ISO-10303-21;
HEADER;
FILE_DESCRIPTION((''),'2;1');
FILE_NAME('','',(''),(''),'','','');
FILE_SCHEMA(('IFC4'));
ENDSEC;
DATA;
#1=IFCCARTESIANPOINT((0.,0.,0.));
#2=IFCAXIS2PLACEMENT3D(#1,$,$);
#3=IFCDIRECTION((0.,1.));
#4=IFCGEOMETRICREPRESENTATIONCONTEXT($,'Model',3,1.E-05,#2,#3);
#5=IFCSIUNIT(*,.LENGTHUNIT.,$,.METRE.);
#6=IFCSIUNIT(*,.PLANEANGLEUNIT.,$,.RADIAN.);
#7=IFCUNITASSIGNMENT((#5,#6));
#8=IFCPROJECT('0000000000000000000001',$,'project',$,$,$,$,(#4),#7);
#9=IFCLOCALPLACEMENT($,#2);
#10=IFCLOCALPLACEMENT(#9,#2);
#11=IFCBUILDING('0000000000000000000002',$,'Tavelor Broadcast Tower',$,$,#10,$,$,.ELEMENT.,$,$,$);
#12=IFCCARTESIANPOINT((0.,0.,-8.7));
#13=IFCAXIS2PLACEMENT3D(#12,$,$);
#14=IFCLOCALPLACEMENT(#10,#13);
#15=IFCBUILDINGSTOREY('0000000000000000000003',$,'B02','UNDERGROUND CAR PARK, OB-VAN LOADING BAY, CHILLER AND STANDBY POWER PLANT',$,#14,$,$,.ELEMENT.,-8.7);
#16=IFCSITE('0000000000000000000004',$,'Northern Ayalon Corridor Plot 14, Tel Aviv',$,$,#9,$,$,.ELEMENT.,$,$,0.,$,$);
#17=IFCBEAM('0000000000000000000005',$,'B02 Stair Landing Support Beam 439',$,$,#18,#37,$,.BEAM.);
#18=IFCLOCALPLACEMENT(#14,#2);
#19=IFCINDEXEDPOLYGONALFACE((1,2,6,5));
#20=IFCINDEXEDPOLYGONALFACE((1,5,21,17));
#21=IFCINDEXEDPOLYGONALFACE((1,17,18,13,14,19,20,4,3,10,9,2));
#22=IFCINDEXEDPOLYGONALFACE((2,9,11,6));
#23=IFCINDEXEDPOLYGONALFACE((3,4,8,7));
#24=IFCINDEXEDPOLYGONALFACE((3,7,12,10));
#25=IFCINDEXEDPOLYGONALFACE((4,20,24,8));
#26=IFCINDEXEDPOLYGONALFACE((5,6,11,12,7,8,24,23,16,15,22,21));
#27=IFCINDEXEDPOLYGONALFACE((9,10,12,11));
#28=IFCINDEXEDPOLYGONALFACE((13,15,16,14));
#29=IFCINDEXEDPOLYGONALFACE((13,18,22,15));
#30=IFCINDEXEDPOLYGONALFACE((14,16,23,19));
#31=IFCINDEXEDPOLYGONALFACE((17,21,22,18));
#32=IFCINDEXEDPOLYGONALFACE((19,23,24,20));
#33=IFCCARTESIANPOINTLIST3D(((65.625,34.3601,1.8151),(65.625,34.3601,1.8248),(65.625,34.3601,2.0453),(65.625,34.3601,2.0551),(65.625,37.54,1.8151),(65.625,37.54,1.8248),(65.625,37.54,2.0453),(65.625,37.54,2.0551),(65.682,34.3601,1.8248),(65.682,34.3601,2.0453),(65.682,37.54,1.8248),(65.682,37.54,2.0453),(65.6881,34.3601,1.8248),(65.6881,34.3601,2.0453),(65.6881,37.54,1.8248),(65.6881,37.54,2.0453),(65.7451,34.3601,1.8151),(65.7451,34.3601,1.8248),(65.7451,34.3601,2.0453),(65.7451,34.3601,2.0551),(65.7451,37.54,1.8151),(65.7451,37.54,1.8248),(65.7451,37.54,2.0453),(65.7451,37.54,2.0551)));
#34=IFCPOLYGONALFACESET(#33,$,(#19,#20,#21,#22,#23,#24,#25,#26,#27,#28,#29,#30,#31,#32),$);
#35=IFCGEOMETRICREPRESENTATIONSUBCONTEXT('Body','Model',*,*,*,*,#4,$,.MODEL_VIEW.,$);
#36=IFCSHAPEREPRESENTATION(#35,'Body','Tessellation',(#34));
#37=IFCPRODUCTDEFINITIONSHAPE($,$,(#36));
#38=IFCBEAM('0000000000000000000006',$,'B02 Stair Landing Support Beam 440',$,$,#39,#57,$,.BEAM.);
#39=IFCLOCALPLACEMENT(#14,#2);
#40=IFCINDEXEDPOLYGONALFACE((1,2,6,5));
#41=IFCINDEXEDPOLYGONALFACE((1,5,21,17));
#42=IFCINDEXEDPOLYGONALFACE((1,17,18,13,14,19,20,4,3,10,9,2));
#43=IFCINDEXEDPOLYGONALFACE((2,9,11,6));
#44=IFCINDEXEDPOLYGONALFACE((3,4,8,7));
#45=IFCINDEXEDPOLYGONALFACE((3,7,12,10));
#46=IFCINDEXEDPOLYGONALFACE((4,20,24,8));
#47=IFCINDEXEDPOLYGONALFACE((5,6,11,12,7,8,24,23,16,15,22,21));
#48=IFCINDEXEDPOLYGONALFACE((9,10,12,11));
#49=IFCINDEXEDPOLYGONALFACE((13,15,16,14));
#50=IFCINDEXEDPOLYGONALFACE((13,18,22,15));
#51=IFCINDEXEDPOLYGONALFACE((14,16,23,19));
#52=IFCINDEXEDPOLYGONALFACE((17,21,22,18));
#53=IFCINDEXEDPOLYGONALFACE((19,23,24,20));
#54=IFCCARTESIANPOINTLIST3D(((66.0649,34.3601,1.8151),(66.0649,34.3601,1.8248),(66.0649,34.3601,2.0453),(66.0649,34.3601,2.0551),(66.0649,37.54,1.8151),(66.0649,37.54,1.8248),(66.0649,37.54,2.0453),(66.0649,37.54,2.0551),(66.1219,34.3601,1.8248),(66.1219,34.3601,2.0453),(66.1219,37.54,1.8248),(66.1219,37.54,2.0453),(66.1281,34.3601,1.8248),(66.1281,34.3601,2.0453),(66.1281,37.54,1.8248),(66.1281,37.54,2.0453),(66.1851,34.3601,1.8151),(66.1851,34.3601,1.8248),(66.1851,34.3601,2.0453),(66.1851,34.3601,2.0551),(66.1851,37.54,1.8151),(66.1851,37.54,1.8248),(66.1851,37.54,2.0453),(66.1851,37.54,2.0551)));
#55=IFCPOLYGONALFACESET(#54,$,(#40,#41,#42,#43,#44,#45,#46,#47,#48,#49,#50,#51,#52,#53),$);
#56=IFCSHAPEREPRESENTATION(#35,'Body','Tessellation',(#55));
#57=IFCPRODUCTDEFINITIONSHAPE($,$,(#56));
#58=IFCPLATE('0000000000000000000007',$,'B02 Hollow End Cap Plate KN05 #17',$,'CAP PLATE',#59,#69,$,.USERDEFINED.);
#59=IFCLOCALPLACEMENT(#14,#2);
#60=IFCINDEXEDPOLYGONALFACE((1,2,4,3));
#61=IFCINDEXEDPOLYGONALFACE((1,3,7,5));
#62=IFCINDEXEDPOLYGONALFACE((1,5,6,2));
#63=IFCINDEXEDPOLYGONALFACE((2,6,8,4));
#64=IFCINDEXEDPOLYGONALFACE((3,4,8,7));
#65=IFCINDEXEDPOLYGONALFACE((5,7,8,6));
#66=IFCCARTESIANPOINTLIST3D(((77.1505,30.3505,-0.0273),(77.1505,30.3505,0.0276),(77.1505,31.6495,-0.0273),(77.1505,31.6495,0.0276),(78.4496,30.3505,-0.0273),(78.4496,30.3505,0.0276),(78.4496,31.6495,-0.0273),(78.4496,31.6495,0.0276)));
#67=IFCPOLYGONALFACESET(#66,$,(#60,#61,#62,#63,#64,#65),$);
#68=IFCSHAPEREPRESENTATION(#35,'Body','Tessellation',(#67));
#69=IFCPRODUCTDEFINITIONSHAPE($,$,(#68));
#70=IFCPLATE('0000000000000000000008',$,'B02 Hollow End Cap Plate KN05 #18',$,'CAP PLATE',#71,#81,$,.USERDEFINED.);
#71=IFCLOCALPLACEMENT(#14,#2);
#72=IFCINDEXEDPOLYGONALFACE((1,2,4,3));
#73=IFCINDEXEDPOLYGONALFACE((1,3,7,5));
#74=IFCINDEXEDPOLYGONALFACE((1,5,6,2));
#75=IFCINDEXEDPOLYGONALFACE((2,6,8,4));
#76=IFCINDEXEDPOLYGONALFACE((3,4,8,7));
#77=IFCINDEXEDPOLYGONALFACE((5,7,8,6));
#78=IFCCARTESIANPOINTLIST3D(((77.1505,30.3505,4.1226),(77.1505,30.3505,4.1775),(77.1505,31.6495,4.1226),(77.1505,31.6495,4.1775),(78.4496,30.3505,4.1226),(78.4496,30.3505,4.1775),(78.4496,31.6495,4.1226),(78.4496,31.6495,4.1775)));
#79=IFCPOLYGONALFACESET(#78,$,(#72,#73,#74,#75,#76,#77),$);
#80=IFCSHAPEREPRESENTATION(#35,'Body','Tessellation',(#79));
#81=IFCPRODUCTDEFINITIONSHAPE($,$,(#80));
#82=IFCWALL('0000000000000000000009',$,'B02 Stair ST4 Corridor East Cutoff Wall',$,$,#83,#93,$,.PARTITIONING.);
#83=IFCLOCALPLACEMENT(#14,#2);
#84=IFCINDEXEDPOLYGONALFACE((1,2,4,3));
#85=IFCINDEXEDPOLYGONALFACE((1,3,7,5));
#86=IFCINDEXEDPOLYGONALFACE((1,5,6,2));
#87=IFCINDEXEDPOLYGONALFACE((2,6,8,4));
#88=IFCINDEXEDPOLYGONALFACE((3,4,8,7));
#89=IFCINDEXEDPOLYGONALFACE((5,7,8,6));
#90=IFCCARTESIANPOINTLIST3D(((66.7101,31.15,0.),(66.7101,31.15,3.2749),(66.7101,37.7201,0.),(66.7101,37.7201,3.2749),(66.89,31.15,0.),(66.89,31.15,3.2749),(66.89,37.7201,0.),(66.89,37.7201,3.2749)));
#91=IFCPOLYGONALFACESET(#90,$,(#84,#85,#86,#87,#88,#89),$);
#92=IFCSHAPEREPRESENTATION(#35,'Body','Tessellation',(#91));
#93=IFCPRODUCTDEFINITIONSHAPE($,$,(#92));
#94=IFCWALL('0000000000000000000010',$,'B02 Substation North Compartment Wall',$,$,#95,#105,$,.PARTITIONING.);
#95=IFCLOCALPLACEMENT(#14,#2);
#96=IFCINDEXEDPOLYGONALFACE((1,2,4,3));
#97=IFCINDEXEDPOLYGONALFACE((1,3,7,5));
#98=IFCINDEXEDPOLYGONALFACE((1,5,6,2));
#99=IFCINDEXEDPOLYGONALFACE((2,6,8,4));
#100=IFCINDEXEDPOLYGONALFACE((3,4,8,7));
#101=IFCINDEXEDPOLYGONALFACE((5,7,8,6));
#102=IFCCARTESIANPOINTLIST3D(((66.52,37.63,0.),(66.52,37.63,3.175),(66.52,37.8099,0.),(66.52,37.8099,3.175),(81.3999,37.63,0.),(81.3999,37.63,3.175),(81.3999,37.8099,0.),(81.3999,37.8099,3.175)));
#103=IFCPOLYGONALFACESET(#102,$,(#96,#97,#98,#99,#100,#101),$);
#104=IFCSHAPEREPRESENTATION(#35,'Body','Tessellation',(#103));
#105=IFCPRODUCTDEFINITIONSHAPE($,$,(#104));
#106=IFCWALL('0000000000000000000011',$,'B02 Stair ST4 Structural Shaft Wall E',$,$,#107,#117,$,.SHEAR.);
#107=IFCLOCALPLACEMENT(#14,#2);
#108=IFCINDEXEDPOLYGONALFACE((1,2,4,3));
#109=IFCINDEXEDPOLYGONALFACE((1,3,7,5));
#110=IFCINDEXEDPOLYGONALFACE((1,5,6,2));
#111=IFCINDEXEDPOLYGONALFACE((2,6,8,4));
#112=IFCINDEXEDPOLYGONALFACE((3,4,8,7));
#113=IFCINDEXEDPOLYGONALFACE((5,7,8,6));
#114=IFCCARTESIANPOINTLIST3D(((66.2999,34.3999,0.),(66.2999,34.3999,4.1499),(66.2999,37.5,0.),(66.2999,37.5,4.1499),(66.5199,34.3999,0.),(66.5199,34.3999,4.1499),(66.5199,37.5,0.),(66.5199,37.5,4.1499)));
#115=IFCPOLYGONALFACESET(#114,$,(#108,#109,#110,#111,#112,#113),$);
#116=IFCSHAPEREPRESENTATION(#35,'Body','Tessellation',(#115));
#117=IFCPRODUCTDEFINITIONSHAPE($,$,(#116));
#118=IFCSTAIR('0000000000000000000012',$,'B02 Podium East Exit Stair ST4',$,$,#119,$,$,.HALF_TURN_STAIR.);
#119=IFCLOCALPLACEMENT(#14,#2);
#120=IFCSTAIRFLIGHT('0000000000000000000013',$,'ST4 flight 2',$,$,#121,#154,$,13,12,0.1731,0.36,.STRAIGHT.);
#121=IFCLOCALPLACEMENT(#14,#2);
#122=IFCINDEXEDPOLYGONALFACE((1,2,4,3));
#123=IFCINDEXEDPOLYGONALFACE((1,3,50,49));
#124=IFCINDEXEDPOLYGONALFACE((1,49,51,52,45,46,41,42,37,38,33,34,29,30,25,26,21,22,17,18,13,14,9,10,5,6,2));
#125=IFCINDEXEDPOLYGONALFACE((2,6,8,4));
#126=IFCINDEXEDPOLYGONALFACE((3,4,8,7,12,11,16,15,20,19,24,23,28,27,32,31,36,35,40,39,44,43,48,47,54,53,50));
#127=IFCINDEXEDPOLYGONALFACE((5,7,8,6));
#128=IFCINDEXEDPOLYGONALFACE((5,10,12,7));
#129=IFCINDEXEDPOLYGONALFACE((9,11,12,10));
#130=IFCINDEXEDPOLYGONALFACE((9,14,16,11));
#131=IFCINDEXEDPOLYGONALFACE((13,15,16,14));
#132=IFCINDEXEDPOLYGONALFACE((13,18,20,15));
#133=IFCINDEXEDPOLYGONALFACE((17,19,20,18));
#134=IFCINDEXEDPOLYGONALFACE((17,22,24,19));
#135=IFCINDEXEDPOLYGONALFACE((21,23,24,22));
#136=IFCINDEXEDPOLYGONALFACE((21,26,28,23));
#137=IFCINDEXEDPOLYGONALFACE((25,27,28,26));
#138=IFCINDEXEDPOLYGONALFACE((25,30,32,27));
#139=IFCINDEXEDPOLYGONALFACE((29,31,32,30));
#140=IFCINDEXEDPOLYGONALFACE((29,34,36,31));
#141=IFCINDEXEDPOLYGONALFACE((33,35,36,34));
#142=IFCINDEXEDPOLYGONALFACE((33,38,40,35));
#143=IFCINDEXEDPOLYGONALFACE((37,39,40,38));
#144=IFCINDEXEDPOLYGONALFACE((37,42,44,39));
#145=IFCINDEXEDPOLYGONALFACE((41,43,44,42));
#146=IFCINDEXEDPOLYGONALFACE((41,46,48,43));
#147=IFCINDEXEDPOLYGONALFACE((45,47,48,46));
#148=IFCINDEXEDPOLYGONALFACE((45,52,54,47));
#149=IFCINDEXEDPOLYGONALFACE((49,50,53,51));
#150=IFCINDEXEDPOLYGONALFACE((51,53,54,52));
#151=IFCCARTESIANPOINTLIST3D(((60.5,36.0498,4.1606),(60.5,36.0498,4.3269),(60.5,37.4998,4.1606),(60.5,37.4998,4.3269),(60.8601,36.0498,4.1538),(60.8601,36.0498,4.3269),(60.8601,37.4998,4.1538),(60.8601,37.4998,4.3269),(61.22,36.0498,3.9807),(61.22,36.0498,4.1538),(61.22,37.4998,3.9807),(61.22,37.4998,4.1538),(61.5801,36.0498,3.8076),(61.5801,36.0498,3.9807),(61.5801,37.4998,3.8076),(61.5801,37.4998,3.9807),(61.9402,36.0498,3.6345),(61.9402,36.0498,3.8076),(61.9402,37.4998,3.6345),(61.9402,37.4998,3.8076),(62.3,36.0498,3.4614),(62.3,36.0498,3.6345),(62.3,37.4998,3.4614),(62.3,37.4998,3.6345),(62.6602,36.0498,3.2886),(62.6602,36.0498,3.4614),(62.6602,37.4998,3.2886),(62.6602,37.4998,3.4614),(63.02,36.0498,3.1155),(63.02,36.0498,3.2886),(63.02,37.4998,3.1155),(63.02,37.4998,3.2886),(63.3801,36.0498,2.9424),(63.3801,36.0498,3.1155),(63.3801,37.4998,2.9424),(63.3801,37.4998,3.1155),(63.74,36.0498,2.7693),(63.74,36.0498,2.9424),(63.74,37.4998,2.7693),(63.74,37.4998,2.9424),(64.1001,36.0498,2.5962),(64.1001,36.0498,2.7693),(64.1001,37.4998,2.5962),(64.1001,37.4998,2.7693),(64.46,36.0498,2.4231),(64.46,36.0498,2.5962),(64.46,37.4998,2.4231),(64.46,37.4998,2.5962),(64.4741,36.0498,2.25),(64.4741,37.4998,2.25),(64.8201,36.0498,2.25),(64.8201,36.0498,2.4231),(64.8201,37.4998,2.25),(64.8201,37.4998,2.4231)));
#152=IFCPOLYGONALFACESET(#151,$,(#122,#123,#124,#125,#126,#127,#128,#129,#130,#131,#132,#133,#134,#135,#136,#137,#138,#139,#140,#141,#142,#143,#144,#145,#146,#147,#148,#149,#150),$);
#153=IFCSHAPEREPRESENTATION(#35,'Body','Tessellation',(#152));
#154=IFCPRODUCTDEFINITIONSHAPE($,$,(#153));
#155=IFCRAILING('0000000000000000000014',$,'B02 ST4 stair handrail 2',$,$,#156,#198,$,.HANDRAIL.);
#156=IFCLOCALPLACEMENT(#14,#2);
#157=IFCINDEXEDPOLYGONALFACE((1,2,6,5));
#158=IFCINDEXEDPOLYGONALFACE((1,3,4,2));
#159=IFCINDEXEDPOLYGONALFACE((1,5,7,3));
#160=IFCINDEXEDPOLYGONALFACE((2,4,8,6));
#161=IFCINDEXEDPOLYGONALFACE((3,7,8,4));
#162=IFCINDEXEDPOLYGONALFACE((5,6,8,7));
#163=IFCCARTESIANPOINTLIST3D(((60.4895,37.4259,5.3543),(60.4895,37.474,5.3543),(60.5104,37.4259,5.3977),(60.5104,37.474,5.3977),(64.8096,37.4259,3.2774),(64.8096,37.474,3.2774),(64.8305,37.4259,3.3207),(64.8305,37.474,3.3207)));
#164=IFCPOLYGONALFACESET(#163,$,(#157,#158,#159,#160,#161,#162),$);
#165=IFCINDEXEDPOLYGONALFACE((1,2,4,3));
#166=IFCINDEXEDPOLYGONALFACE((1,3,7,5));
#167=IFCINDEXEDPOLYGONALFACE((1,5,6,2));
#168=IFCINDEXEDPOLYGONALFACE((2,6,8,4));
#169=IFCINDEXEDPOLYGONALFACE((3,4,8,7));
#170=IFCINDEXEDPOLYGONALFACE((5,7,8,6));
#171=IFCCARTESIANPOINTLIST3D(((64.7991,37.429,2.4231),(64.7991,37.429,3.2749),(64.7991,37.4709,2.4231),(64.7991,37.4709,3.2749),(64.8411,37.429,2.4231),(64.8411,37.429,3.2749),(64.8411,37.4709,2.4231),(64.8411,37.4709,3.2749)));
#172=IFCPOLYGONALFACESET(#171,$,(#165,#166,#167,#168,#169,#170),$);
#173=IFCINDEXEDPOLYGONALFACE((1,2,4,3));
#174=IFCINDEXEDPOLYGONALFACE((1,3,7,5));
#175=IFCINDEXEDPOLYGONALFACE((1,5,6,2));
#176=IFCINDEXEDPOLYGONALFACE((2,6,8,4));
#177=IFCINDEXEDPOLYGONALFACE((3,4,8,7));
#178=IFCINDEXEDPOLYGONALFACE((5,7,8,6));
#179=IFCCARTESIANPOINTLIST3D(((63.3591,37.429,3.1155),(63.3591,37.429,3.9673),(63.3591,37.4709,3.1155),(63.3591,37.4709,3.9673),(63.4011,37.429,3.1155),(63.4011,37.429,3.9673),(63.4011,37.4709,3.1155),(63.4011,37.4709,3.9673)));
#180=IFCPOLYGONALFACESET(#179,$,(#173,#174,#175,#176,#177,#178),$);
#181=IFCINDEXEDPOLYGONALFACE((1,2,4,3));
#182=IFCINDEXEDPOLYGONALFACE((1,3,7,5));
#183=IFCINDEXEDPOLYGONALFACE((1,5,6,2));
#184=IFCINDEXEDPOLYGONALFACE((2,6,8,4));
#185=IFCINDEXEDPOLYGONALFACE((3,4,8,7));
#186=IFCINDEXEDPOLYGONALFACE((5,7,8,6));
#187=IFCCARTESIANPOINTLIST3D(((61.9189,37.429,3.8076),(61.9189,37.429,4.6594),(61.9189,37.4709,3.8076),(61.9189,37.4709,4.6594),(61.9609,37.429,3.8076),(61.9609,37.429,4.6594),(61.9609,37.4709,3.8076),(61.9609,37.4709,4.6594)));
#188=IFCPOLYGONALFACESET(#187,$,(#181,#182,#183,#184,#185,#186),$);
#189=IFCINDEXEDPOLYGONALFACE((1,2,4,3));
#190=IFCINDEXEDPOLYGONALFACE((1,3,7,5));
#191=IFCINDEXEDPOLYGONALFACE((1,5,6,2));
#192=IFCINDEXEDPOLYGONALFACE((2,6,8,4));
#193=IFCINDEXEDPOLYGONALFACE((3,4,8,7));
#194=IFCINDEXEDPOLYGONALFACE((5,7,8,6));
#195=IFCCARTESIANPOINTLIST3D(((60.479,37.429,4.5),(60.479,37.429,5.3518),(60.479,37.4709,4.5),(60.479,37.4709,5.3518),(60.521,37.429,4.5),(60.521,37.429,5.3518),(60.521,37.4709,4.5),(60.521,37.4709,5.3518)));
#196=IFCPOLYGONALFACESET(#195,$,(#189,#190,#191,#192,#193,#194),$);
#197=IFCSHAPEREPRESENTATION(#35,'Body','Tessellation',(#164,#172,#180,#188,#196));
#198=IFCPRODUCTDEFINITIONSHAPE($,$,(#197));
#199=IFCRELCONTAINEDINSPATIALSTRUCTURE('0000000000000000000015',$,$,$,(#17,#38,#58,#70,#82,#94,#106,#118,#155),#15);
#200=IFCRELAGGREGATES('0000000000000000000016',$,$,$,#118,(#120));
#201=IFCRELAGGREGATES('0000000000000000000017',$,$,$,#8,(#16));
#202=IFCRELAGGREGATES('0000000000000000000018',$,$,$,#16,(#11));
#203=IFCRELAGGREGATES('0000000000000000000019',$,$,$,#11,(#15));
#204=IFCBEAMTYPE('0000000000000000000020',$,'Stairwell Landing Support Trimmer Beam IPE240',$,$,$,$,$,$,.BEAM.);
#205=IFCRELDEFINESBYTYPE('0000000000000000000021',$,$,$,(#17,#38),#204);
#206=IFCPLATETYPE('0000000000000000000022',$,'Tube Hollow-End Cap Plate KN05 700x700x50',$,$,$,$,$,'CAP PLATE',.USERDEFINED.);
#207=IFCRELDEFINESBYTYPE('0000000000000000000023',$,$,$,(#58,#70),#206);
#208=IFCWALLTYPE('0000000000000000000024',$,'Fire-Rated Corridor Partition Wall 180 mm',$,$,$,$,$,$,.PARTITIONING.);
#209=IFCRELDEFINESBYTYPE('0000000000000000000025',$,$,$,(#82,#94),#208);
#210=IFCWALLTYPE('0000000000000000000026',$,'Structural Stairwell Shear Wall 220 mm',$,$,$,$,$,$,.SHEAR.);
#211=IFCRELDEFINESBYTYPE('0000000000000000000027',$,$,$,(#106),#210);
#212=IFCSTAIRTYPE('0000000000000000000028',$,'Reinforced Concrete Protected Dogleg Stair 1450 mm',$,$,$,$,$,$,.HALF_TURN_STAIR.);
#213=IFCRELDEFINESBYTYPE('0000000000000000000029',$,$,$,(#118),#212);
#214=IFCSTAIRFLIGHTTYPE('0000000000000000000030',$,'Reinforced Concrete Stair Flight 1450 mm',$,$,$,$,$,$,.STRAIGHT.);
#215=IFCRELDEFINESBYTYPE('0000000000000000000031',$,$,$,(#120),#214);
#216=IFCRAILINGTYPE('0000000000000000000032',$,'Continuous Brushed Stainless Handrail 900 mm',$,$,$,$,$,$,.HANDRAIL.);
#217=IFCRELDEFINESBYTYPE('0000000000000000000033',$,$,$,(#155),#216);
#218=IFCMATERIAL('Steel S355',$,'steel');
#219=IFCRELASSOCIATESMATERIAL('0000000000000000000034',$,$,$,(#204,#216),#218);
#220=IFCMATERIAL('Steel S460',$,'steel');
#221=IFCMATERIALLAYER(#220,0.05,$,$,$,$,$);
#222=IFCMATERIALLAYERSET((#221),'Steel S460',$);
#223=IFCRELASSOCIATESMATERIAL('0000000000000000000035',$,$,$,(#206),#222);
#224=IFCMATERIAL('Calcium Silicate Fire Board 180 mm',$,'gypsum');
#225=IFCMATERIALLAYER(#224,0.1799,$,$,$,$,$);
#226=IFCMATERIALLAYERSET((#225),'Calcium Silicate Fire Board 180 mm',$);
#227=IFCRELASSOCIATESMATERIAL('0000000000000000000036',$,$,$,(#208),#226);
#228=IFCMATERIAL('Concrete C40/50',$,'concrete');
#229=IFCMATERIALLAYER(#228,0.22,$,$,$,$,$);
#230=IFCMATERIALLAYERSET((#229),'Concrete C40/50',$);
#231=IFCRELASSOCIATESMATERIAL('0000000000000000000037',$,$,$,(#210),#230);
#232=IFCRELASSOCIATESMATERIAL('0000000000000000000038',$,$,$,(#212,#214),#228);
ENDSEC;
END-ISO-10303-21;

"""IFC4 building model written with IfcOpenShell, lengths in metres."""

from ifc_helpers import new_model, si_unit, direction, frame, frame_2d, origin, origin_2d, place, context, subcontext, project, spatial, polyline, rectangle, i_section, outline, extrude, source, transform, mapped, material, layer, layer_set, material_profile, profile_set, type_object, type_shapes, element, aggregate, save


model = new_model("IFC4")

# Units and contexts
model_context = context("Model", 3, precision=1e-05, world=origin(), true_north=direction((0.0, 1.0)))
body_context = subcontext(model_context, "Body", "Model", "MODEL_VIEW")
ifc_project = project(units=[si_unit("LENGTHUNIT", "METRE"), si_unit("PLANEANGLEUNIT", "RADIAN")], contexts=[model_context])

# Site, building, storey
site_placement = place(None, origin())
site = spatial("IfcSite", under=ifc_project, at=site_placement, Name="Northern Ayalon Corridor Plot 14, Tel Aviv", CompositionType="ELEMENT", RefElevation=0.0)
building_placement = place(site_placement, origin())
building = spatial("IfcBuilding", under=site, at=building_placement, Name="Tavelor Broadcast Tower", CompositionType="ELEMENT")
storey_placement = place(building_placement, frame((0.0, 0.0, -8.7)))
storey = spatial("IfcBuildingStorey", under=building, at=storey_placement, Name="B02", Description="UNDERGROUND CAR PARK, OB-VAN LOADING BAY, CHILLER AND STANDBY POWER PLANT", CompositionType="ELEMENT", Elevation=-8.7)

# Shared definitions
ifc_material_1 = material(Name="Concrete C40/50", Category="concrete")

# Shared definitions
ifc_material_2 = material(Name="Steel S460", Category="steel")

# Beams
ifc_material_3 = material(Name="Steel S355", Category="steel")
ifc_material_profile_1 = material_profile(ifc_material_3, i_section(OverallWidth=0.1201, OverallDepth=0.24, WebThickness=0.0061, FlangeThickness=0.0098, at=origin_2d()), Name="IPE 240")
ifc_profile_set_1 = profile_set([ifc_material_profile_1], Name="Steel S355")
beam_type_1 = type_object("IfcBeamType", Name="Stairwell Landing Support Trimmer Beam IPE240", PredefinedType="BEAM", material=ifc_profile_set_1)
for number, where, z_axis, x_axis, name in (
    (1, (65.6851, 34.3601, 1.9351), (0.0, 1.0, 0.0), (-1.0, 0.0, 0.0), "B02 Stair Landing Support Beam 439"),
    (2, (66.125, 34.3601, 1.9351), (0.0, 1.0, 0.0), (-1.0, 0.0, 0.0), "B02 Stair Landing Support Beam 440"),
):
    element("IfcBeam", number, at=place(storey_placement, frame(where, z_axis=z_axis, x_axis=x_axis)), inside=storey, type_object=beam_type_1, Name=name, PredefinedType="BEAM", context=body_context, shape_type="SweptSolid", body=[
        extrude(i_section(OverallWidth=0.1201, OverallDepth=0.24, WebThickness=0.0061, FlangeThickness=0.0098, at=origin_2d()), origin(), (0.0, 0.0, 1.0), 3.1799),
    ])

# Plates
ifc_layer_1 = layer(ifc_material_2, 0.05)
ifc_layer_set_1 = layer_set([ifc_layer_1], Name="Steel S460")
plate_type = type_object("IfcPlateType", Name="Tube Hollow-End Cap Plate KN05 700x700x50", ElementType="CAP PLATE", PredefinedType="USERDEFINED", material=ifc_layer_set_1)
shared_shape = source(origin(), body_context, "Body", "SweptSolid", [
    extrude(rectangle(XDim=1.2991, YDim=1.2991, at=origin_2d()), origin(), (0.0, 0.0, 1.0), 0.0549),
])
type_shapes(plate_type, [shared_shape])
for number, where, z_axis, x_axis, name in (
    (3, (77.8, 31.0, -0.0273), (0.0, 0.0, 1.0), (1.0, 0.0, 0.0), "B02 Hollow End Cap Plate KN05 #17"),
    (4, (77.8, 31.0, 4.1226), (0.0, 0.0, 1.0), (1.0, 0.0, 0.0), "B02 Hollow End Cap Plate KN05 #18"),
):
    element("IfcPlate", number, at=place(storey_placement, frame(where, z_axis=z_axis, x_axis=x_axis)), inside=storey, type_object=plate_type, Name=name, ObjectType="CAP PLATE", PredefinedType="USERDEFINED", context=body_context, shape_type="MappedRepresentation", body=[
        mapped(shared_shape, transform((0.0, 0.0, 0.0), scale=1.0)),
    ])

# Walls
ifc_material_4 = material(Name="Calcium Silicate Fire Board 180 mm", Category="gypsum")
ifc_layer_2 = layer(ifc_material_4, 0.1799)
ifc_layer_set_2 = layer_set([ifc_layer_2], Name="Calcium Silicate Fire Board 180 mm")
wall_type_1 = type_object("IfcWallType", Name="Fire-Rated Corridor Partition Wall 180 mm", PredefinedType="PARTITIONING", material=ifc_layer_set_2)
wall_1_placement = place(storey_placement, frame((66.8, 31.1499, 0.0), z_axis=(0.0, 0.0, 1.0), x_axis=(0.0, 1.0, 0.0)))
element("IfcWall", 5, at=wall_1_placement, inside=storey, type_object=wall_type_1, Name="B02 Stair ST4 Corridor East Cutoff Wall", PredefinedType="PARTITIONING", context=body_context, shape_type="SweptSolid", body=[
    extrude(rectangle(XDim=6.5701, YDim=0.1799, at=frame_2d((3.2852, 0.0))), origin(), (0.0, 0.0, 1.0), 3.2749),
])
wall_2_placement = place(storey_placement, frame((66.52, 37.72, 0.0), z_axis=(0.0, 0.0, 1.0), x_axis=(1.0, 0.0, 0.0)))
element("IfcWall", 6, at=wall_2_placement, inside=storey, type_object=wall_type_1, Name="B02 Substation North Compartment Wall", PredefinedType="PARTITIONING", context=body_context, shape_type="SweptSolid", body=[
    extrude(rectangle(XDim=14.8799, YDim=0.1799, at=frame_2d((7.4399, 0.0))), origin(), (0.0, 0.0, 1.0), 3.175),
])
ifc_layer_3 = layer(ifc_material_1, 0.22)
ifc_layer_set_3 = layer_set([ifc_layer_3], Name="Concrete C40/50")
wall_type_2 = type_object("IfcWallType", Name="Structural Stairwell Shear Wall 220 mm", PredefinedType="SHEAR", material=ifc_layer_set_3)
wall_3_placement = place(storey_placement, frame((66.4099, 34.3999, 0.0), z_axis=(0.0, 0.0, 1.0), x_axis=(0.0, 1.0, 0.0)))
element("IfcWall", 7, at=wall_3_placement, inside=storey, type_object=wall_type_2, Name="B02 Stair ST4 Structural Shaft Wall E", PredefinedType="SHEAR", context=body_context, shape_type="SweptSolid", body=[
    extrude(rectangle(XDim=3.1001, YDim=0.22, at=frame_2d((1.55, 0.0))), origin(), (0.0, 0.0, 1.0), 4.1499),
])

# Stair, stair flight
stair_type = type_object("IfcStairType", Name="Reinforced Concrete Protected Dogleg Stair 1450 mm", PredefinedType="HALF_TURN_STAIR", material=ifc_material_1)
stair_placement = place(storey_placement, origin())
stair = element("IfcStair", 8, at=stair_placement, inside=storey, type_object=stair_type, Name="B02 Podium East Exit Stair ST4", PredefinedType="HALF_TURN_STAIR")
stair_flight_type = type_object("IfcStairFlightType", Name="Reinforced Concrete Stair Flight 1450 mm", PredefinedType="STRAIGHT", material=ifc_material_1)
stair_flight_placement = place(storey_placement, frame((64.8201, 36.7749, 2.25), z_axis=(0.0, 0.0, 1.0), x_axis=(-1.0, 0.0, 0.0)))
stair_flight = element("IfcStairFlight", 9, at=stair_flight_placement, type_object=stair_flight_type, Name="ST4 flight 2", NumberOfRisers=13, NumberOfTreads=12, PredefinedType="STRAIGHT", RiserHeight=0.1731, TreadLength=0.36, context=body_context, shape_type="SweptSolid", body=[
    extrude(outline(polyline([(0.0, 0.0), (0.0, 0.1731), (0.3601, 0.1731), (0.3601, 0.3462), (0.72, 0.3462), (0.72, 0.5193), (1.0801, 0.5193), (1.0801, 0.6924), (1.4399, 0.6924), (1.4399, 0.8655), (1.8, 0.8655), (1.8, 1.0386), (2.1599, 1.0386), (2.1599, 1.2114), (2.52, 1.2114), (2.52, 1.3845), (2.8799, 1.3845), (2.8799, 1.5576), (3.24, 1.5576), (3.24, 1.7307), (3.6001, 1.7307), (3.6001, 1.9038), (3.96, 1.9038), (3.96, 2.0769), (4.3201, 2.0769), (4.3201, 2.25), (4.3201, 1.9106), (0.3459, 0.0), (0.0, 0.0)])), frame((0.0, 0.7251, 0.0), z_axis=(0.0, -1.0, 0.0), x_axis=(1.0, 0.0, 0.0)), (0.0, 0.0, 1.0), 1.45),
])
aggregate(stair, [stair_flight])

# Railing
railing_type_1 = type_object("IfcRailingType", Name="Continuous Brushed Stainless Handrail 900 mm", PredefinedType="HANDRAIL", material=ifc_material_3)
railing_1_placement = place(storey_placement, frame((64.8201, 37.45, 2.4231)))
element("IfcRailing", 10, at=railing_1_placement, inside=storey, type_object=railing_type_1, Name="B02 ST4 stair handrail 2", PredefinedType="HANDRAIL", context=body_context, shape_type="SweptSolid", body=[
    extrude(rectangle(XDim=0.0481, YDim=0.0481, at=origin_2d()), frame((0.0, 0.0, 0.876), z_axis=(-0.901257, 0.0, 0.433286), x_axis=(0.0, -1.0, 0.0)), (0.0, 0.0, 1.0), 4.7935),
    extrude(rectangle(XDim=0.042, YDim=0.042, at=origin_2d()), origin(), (0.0, 0.0, 1.0), 0.8518),
    extrude(rectangle(XDim=0.042, YDim=0.042, at=origin_2d()), frame((-1.4399, 0.0, 0.6924)), (0.0, 0.0, 1.0), 0.8518),
    extrude(rectangle(XDim=0.042, YDim=0.042, at=origin_2d()), frame((-2.8801, 0.0, 1.3845)), (0.0, 0.0, 1.0), 0.8518),
    extrude(rectangle(XDim=0.042, YDim=0.042, at=origin_2d()), frame((-4.3201, 0.0, 2.0769)), (0.0, 0.0, 1.0), 0.8518),
])

save(model, "model.ifc")
